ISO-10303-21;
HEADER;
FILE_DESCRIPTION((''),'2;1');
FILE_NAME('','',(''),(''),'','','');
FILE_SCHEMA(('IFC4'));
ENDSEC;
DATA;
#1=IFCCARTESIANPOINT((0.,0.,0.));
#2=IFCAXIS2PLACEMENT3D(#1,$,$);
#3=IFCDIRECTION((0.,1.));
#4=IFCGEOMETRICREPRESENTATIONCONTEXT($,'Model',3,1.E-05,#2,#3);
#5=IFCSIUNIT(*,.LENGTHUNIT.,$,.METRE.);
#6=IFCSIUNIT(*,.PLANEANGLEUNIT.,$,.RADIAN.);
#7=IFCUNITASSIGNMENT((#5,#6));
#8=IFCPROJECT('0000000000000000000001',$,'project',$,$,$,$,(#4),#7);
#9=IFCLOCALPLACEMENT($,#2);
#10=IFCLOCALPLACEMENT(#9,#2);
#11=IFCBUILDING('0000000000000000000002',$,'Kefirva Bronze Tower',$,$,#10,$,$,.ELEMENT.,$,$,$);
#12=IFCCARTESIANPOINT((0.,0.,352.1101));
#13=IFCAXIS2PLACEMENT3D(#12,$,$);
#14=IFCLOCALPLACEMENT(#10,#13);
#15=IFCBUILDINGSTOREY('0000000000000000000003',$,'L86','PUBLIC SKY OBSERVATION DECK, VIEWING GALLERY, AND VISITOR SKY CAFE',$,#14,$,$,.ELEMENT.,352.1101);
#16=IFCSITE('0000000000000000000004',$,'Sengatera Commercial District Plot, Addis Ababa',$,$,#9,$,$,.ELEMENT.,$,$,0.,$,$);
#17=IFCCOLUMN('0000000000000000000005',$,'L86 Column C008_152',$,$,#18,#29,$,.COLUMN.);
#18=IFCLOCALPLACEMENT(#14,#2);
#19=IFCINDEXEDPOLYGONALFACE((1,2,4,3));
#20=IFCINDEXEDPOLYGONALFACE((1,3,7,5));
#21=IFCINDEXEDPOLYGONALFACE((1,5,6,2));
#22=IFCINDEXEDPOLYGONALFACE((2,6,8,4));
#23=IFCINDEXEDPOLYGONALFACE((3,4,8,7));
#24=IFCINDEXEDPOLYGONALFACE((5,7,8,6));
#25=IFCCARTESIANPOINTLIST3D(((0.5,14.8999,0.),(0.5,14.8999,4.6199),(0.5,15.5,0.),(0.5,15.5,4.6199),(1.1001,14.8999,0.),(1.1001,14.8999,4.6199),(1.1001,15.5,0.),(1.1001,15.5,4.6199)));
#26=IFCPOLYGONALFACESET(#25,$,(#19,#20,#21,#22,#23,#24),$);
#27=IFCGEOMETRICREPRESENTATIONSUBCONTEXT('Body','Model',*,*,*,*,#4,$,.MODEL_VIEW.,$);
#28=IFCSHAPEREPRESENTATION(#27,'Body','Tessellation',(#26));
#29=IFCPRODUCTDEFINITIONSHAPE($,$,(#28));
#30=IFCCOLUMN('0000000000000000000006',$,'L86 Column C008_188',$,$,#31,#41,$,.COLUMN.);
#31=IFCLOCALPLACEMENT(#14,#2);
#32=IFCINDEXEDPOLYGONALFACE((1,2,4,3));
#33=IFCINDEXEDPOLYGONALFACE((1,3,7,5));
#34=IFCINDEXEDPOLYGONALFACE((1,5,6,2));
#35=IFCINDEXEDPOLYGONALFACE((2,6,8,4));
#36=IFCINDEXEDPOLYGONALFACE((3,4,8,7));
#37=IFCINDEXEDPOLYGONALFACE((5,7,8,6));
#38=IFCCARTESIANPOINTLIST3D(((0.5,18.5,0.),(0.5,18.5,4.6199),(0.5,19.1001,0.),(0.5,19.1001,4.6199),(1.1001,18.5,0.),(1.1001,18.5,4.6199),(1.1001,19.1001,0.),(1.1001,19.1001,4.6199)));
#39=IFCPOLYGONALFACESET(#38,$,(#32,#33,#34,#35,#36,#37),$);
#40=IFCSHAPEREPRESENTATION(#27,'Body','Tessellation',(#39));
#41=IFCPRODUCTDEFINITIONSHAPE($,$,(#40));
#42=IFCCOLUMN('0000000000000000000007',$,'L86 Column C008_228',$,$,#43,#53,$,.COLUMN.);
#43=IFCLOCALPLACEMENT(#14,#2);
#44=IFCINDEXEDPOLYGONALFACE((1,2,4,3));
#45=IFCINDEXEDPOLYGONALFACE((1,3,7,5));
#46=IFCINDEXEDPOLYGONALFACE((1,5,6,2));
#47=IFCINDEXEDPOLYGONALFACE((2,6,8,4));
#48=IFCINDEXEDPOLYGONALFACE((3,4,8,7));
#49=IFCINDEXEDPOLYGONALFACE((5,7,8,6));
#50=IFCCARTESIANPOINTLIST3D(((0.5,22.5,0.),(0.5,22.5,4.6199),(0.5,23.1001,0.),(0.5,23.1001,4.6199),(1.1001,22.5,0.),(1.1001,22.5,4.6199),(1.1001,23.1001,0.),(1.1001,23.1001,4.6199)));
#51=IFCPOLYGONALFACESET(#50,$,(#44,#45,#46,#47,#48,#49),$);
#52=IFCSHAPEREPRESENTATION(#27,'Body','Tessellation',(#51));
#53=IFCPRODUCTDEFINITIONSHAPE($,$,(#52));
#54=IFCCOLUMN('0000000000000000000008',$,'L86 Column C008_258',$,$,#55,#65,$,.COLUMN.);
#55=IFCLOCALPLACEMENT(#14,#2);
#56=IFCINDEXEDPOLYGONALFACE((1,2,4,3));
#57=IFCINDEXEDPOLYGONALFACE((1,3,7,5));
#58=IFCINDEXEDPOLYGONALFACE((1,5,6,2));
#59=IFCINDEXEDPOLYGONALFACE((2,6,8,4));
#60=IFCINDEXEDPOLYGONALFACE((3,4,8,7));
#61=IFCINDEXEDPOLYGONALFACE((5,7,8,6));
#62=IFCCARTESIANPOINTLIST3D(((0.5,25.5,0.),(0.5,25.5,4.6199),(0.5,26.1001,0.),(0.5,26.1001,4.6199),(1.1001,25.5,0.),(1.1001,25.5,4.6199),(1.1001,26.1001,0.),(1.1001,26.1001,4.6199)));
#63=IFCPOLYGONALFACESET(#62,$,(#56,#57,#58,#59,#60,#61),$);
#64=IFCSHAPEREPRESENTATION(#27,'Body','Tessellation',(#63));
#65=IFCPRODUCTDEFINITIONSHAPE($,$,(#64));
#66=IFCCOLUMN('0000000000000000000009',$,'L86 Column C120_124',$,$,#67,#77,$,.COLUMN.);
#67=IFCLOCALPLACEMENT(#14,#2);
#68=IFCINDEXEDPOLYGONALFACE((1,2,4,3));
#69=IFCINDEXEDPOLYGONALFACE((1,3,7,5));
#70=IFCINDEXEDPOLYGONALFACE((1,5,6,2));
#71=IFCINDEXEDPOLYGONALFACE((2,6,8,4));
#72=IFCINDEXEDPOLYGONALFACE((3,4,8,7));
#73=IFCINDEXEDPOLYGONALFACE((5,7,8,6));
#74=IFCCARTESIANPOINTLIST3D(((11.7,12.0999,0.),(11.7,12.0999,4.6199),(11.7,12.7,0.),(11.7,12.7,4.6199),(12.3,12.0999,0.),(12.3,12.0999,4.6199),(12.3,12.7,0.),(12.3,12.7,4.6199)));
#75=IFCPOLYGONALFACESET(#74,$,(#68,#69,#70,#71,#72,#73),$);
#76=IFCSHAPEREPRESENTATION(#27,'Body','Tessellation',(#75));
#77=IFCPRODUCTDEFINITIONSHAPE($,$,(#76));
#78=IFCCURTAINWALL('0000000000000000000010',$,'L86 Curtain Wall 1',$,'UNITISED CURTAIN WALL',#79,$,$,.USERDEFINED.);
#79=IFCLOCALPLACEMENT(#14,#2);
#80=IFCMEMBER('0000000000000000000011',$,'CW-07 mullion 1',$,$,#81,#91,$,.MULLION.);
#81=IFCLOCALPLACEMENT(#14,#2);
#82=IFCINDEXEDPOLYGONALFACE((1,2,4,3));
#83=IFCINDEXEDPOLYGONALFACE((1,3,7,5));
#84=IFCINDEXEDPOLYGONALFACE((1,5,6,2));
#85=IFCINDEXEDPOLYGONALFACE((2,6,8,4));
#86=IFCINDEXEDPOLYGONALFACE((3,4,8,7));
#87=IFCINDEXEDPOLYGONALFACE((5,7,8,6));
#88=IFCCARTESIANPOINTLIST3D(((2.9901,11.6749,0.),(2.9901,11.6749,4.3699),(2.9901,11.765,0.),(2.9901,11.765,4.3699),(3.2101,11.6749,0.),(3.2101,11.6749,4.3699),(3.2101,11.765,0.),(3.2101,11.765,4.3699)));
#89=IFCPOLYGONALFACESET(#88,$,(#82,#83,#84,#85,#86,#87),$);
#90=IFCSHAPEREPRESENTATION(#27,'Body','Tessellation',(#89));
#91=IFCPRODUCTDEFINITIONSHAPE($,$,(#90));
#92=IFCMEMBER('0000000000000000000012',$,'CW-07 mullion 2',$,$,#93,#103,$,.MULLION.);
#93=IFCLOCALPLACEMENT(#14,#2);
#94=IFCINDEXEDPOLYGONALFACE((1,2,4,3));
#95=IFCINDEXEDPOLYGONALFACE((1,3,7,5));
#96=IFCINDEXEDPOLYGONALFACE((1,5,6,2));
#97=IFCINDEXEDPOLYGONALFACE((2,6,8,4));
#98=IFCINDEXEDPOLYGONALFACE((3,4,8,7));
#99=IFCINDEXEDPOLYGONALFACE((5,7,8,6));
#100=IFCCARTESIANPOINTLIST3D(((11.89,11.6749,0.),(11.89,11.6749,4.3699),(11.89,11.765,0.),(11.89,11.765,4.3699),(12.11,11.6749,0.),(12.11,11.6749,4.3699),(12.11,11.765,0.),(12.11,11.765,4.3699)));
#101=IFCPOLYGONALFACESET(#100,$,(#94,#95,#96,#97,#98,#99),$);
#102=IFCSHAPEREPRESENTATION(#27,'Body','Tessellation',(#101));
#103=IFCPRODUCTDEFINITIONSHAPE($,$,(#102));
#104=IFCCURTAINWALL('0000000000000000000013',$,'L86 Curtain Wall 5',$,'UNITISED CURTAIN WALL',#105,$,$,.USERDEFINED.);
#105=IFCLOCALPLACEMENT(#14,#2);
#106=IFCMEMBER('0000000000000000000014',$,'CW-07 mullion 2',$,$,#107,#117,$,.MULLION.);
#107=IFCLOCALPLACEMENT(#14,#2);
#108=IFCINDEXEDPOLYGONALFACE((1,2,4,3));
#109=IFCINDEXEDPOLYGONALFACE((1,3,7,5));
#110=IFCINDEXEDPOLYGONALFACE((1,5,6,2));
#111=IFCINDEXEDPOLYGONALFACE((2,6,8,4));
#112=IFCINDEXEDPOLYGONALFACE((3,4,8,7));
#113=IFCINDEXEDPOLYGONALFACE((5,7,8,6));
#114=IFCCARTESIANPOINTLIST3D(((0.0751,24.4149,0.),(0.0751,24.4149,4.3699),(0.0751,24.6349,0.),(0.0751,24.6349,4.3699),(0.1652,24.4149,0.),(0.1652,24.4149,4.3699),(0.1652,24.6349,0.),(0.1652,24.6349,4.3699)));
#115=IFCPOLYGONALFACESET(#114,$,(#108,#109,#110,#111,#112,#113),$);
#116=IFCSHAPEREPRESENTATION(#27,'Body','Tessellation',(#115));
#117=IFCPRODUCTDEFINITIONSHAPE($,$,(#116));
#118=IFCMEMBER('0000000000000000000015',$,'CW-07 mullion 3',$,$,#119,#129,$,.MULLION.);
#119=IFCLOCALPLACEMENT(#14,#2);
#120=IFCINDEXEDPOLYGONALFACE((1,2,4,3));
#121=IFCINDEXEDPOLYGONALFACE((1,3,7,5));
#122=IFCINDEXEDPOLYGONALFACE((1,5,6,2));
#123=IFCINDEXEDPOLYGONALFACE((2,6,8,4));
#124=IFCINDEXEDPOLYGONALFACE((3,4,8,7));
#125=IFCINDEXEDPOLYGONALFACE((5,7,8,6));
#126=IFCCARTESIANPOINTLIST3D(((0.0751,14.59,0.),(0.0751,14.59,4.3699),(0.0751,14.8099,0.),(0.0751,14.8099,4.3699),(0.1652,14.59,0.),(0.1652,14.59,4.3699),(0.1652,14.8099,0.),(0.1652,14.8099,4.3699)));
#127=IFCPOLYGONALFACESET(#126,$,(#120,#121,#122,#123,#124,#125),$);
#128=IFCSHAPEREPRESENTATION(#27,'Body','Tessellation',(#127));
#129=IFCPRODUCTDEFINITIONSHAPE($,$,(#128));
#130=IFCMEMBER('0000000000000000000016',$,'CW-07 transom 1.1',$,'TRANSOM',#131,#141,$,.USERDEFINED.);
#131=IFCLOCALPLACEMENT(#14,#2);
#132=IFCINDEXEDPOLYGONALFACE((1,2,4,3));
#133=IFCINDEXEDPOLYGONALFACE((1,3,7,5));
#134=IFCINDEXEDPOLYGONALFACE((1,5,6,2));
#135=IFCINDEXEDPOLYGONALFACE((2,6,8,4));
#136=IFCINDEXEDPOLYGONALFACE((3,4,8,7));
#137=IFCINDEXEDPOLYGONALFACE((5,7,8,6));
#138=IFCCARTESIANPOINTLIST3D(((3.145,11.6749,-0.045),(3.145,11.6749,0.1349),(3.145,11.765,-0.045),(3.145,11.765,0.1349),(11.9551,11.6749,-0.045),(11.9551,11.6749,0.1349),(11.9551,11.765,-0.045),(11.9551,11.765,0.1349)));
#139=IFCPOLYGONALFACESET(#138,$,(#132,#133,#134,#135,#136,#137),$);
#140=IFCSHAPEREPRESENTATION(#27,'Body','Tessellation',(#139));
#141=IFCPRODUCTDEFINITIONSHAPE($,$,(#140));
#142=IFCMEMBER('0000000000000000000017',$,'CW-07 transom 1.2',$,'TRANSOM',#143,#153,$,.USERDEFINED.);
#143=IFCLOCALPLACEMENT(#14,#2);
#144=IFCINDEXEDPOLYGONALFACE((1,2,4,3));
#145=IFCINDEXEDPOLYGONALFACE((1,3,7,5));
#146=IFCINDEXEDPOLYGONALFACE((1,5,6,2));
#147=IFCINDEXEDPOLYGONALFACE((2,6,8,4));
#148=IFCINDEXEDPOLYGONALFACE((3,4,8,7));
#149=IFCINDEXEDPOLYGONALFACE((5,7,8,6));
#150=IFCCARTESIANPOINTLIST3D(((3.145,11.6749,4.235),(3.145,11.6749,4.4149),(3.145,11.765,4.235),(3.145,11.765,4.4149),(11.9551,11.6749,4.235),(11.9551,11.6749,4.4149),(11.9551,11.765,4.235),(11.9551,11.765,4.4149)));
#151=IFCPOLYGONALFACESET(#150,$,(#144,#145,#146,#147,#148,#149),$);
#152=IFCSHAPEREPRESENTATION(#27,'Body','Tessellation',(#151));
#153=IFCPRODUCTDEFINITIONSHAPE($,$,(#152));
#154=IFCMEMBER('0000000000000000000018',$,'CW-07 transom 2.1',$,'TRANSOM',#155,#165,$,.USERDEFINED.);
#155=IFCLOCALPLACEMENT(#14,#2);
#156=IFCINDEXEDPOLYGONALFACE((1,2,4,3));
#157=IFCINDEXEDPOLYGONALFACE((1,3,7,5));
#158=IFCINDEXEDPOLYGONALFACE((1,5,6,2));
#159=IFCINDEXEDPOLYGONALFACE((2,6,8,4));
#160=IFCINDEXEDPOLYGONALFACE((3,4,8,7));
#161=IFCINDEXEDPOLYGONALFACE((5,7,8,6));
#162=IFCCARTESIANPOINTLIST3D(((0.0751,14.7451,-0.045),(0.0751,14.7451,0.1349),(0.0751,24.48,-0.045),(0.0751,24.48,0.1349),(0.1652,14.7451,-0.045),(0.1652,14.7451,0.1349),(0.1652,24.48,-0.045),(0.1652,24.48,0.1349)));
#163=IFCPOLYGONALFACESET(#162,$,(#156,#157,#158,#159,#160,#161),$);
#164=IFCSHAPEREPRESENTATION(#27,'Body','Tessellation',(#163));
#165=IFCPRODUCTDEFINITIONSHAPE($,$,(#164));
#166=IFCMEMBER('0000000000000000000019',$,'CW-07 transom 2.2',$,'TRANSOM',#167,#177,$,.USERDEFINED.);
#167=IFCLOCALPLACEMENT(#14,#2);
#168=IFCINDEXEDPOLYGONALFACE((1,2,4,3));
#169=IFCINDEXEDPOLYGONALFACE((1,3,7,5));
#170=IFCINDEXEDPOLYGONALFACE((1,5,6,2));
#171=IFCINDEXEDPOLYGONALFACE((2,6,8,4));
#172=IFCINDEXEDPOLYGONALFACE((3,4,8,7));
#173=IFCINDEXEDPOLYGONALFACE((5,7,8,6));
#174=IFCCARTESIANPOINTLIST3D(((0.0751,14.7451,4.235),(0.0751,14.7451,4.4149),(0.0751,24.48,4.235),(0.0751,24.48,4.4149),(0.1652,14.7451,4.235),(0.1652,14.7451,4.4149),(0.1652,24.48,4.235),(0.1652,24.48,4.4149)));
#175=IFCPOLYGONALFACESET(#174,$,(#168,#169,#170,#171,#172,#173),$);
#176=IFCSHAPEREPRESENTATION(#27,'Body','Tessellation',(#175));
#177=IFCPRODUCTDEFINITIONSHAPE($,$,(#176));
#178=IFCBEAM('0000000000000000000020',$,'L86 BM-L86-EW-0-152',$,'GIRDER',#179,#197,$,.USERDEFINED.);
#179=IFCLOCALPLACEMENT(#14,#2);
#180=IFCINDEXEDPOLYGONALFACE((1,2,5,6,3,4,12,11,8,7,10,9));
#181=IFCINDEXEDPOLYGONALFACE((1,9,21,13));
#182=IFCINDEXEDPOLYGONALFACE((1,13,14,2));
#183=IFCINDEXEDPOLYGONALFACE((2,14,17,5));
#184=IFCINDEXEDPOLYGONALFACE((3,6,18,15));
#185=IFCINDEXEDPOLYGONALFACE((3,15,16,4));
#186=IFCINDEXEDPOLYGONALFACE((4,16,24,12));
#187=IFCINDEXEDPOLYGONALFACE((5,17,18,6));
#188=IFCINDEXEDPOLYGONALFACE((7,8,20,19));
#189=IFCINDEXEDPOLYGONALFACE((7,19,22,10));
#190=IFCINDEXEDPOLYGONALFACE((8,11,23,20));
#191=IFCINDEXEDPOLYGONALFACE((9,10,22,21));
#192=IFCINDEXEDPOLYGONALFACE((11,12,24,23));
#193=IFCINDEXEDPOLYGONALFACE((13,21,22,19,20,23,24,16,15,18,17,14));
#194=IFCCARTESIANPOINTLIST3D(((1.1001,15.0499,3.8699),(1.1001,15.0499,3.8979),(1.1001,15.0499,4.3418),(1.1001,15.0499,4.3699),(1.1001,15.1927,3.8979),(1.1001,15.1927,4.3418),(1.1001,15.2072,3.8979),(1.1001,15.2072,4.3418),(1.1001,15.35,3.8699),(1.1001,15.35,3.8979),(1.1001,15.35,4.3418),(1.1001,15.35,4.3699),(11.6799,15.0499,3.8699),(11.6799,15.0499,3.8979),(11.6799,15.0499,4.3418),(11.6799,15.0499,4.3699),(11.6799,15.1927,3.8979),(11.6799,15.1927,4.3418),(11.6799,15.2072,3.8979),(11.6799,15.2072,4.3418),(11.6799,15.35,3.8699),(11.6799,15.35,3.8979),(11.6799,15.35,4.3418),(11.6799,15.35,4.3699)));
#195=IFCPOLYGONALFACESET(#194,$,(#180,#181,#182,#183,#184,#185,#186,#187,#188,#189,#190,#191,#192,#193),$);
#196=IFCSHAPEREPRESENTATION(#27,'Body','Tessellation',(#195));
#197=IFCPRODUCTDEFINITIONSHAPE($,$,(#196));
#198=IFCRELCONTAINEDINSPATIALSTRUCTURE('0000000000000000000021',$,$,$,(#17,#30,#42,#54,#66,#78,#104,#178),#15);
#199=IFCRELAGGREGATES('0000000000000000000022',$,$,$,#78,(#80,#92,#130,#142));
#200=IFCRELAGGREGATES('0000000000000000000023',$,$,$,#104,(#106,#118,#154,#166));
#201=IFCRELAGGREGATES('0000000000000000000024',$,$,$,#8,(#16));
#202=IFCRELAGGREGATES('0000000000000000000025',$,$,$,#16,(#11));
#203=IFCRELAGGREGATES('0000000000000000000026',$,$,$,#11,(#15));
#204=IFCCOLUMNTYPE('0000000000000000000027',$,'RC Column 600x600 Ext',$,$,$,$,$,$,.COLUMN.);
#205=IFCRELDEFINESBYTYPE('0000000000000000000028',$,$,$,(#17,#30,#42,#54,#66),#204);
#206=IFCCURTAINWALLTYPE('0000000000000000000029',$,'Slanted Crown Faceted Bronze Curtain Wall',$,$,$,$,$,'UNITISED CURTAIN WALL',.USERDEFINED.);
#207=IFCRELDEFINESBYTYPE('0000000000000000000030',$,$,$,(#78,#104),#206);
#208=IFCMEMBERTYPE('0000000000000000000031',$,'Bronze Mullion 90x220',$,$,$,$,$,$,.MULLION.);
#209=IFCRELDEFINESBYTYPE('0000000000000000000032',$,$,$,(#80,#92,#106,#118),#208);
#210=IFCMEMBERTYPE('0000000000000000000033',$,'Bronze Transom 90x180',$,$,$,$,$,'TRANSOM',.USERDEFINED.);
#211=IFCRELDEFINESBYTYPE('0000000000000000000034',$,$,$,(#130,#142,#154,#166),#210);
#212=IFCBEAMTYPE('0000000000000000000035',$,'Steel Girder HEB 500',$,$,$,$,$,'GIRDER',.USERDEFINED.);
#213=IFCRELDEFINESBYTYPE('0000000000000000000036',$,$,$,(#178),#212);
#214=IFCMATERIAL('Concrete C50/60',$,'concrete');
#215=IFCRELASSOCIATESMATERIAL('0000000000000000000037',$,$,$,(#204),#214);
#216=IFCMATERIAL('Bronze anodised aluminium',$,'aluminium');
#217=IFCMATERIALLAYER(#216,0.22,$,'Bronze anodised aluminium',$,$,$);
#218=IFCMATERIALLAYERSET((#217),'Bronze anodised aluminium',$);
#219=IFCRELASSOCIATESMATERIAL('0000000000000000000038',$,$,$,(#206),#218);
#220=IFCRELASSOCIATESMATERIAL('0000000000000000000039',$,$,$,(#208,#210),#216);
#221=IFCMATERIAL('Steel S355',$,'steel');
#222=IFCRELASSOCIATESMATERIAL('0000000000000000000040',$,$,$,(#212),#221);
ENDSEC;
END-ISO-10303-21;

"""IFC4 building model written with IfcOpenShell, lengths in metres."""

from ifc_helpers import new_model, si_unit, direction, frame, origin, origin_2d, place, context, subcontext, project, spatial, rectangle, i_section, extrude, material, layer, layer_set, material_profile, profile_set, type_object, element, aggregate, save


model = new_model("IFC4")

# Units and contexts
model_context = context("Model", 3, precision=1e-05, world=origin(), true_north=direction((0.0, 1.0)))
body_context = subcontext(model_context, "Body", "Model", "MODEL_VIEW")
ifc_project = project(units=[si_unit("LENGTHUNIT", "METRE"), si_unit("PLANEANGLEUNIT", "RADIAN")], contexts=[model_context])

# Site, building, storey
site_placement = place(None, origin())
site = spatial("IfcSite", under=ifc_project, at=site_placement, Name="Sengatera Commercial District Plot, Addis Ababa", CompositionType="ELEMENT", RefElevation=0.0)
building_placement = place(site_placement, origin())
building = spatial("IfcBuilding", under=site, at=building_placement, Name="Kefirva Bronze Tower", CompositionType="ELEMENT")
storey_placement = place(building_placement, frame((0.0, 0.0, 352.1101)))
storey = spatial("IfcBuildingStorey", under=building, at=storey_placement, Name="L86", Description="PUBLIC SKY OBSERVATION DECK, VIEWING GALLERY, AND VISITOR SKY CAFE", CompositionType="ELEMENT", Elevation=352.1101)

# Columns
ifc_material_1 = material(Name="Concrete C50/60", Category="concrete")
ifc_material_profile_1 = material_profile(ifc_material_1, rectangle(XDim=0.6001, YDim=0.6001, at=origin_2d()), Name="RC 600x600")
ifc_profile_set_1 = profile_set([ifc_material_profile_1], Name="Concrete C50/60")
column_type = type_object("IfcColumnType", Name="RC Column 600x600 Ext", PredefinedType="COLUMN", material=ifc_profile_set_1)
for number, where, z_axis, x_axis, name in (
    (1, (0.8, 15.2, 0.0), (0.0, 0.0, 1.0), (1.0, 0.0, 0.0), "L86 Column C008_152"),
    (2, (0.8, 18.8, 0.0), (0.0, 0.0, 1.0), (1.0, 0.0, 0.0), "L86 Column C008_188"),
    (3, (0.8, 22.8, 0.0), (0.0, 0.0, 1.0), (1.0, 0.0, 0.0), "L86 Column C008_228"),
    (4, (0.8, 25.8, 0.0), (0.0, 0.0, 1.0), (1.0, 0.0, 0.0), "L86 Column C008_258"),
    (5, (12.0, 12.3999, 0.0), (0.0, 0.0, 1.0), (1.0, 0.0, 0.0), "L86 Column C120_124"),
):
    element("IfcColumn", number, at=place(storey_placement, frame(where, z_axis=z_axis, x_axis=x_axis)), inside=storey, type_object=column_type, Name=name, PredefinedType="COLUMN", context=body_context, shape_type="SweptSolid", body=[
        extrude(rectangle(XDim=0.6001, YDim=0.6001, at=origin_2d()), origin(), (0.0, 0.0, 1.0), 4.6199),
    ])

# Curtain walls, members
ifc_material_2 = material(Name="Bronze anodised aluminium", Category="aluminium")
ifc_layer_1 = layer(ifc_material_2, 0.22, Name="Bronze anodised aluminium")
ifc_layer_set_1 = layer_set([ifc_layer_1], Name="Bronze anodised aluminium")
curtain_wall_type = type_object("IfcCurtainWallType", Name="Slanted Crown Faceted Bronze Curtain Wall", ElementType="UNITISED CURTAIN WALL", PredefinedType="USERDEFINED", material=ifc_layer_set_1)
curtain_wall_1_placement = place(storey_placement, origin())
curtain_wall_1 = element("IfcCurtainWall", 6, at=curtain_wall_1_placement, inside=storey, type_object=curtain_wall_type, Name="L86 Curtain Wall 1", ObjectType="UNITISED CURTAIN WALL", PredefinedType="USERDEFINED")
ifc_material_profile_2 = material_profile(ifc_material_2, rectangle(XDim=0.0901, YDim=0.22, at=origin_2d()), Name="ALU 90x220")
ifc_profile_set_2 = profile_set([ifc_material_profile_2], Name="Bronze anodised aluminium")
member_type_1 = type_object("IfcMemberType", Name="Bronze Mullion 90x220", PredefinedType="MULLION", material=ifc_profile_set_2)
member_1_placement = place(storey_placement, frame((3.1001, 11.72, 0.0), z_axis=(0.0, 0.0, 1.0), x_axis=(0.0, 1.0, 0.0)))
member_1 = element("IfcMember", 7, at=member_1_placement, type_object=member_type_1, Name="CW-07 mullion 1", PredefinedType="MULLION", context=body_context, shape_type="SweptSolid", body=[
    extrude(rectangle(XDim=0.0901, YDim=0.22, at=origin_2d()), origin(), (0.0, 0.0, 1.0), 4.3699),
])
member_2_placement = place(storey_placement, frame((12.0, 11.72, 0.0), z_axis=(0.0, 0.0, 1.0), x_axis=(0.0, 1.0, 0.0)))
member_2 = element("IfcMember", 8, at=member_2_placement, type_object=member_type_1, Name="CW-07 mullion 2", PredefinedType="MULLION", context=body_context, shape_type="SweptSolid", body=[
    extrude(rectangle(XDim=0.0901, YDim=0.22, at=origin_2d()), origin(), (0.0, 0.0, 1.0), 4.3699),
])
curtain_wall_2_placement = place(storey_placement, origin())
curtain_wall_2 = element("IfcCurtainWall", 9, at=curtain_wall_2_placement, inside=storey, type_object=curtain_wall_type, Name="L86 Curtain Wall 5", ObjectType="UNITISED CURTAIN WALL", PredefinedType="USERDEFINED")
member_3_placement = place(storey_placement, frame((0.1201, 24.5249, 0.0), z_axis=(0.0, 0.0, 1.0), x_axis=(1.0, 0.0, 0.0)))
member_3 = element("IfcMember", 10, at=member_3_placement, type_object=member_type_1, Name="CW-07 mullion 2", PredefinedType="MULLION", context=body_context, shape_type="SweptSolid", body=[
    extrude(rectangle(XDim=0.0901, YDim=0.22, at=origin_2d()), origin(), (0.0, 0.0, 1.0), 4.3699),
])
member_4_placement = place(storey_placement, frame((0.1201, 14.7, 0.0), z_axis=(0.0, 0.0, 1.0), x_axis=(1.0, 0.0, 0.0)))
member_4 = element("IfcMember", 11, at=member_4_placement, type_object=member_type_1, Name="CW-07 mullion 3", PredefinedType="MULLION", context=body_context, shape_type="SweptSolid", body=[
    extrude(rectangle(XDim=0.0901, YDim=0.22, at=origin_2d()), origin(), (0.0, 0.0, 1.0), 4.3699),
])

# Members
ifc_material_profile_3 = material_profile(ifc_material_2, rectangle(XDim=0.0901, YDim=0.1799, at=origin_2d()), Name="ALU 90x180")
ifc_profile_set_3 = profile_set([ifc_material_profile_3], Name="Bronze anodised aluminium")
member_type_2 = type_object("IfcMemberType", Name="Bronze Transom 90x180", ElementType="TRANSOM", PredefinedType="USERDEFINED", material=ifc_profile_set_3)
member_5_placement = place(storey_placement, frame((3.145, 11.72, 0.0449), z_axis=(1.0, 0.0, 0.0), x_axis=(0.0, 1.0, 0.0)))
member_5 = element("IfcMember", 12, at=member_5_placement, type_object=member_type_2, Name="CW-07 transom 1.1", ObjectType="TRANSOM", PredefinedType="USERDEFINED", context=body_context, shape_type="SweptSolid", body=[
    extrude(rectangle(XDim=0.0901, YDim=0.1799, at=origin_2d()), origin(), (0.0, 0.0, 1.0), 8.8101),
])
member_6_placement = place(storey_placement, frame((3.145, 11.72, 4.325), z_axis=(1.0, 0.0, 0.0), x_axis=(0.0, 1.0, 0.0)))
member_6 = element("IfcMember", 13, at=member_6_placement, type_object=member_type_2, Name="CW-07 transom 1.2", ObjectType="TRANSOM", PredefinedType="USERDEFINED", context=body_context, shape_type="SweptSolid", body=[
    extrude(rectangle(XDim=0.0901, YDim=0.1799, at=origin_2d()), origin(), (0.0, 0.0, 1.0), 8.8101),
])
member_7_placement = place(storey_placement, frame((0.1201, 24.48, 0.0449), z_axis=(0.0, -1.0, 0.0), x_axis=(1.0, 0.0, 0.0)))
member_7 = element("IfcMember", 14, at=member_7_placement, type_object=member_type_2, Name="CW-07 transom 2.1", ObjectType="TRANSOM", PredefinedType="USERDEFINED", context=body_context, shape_type="SweptSolid", body=[
    extrude(rectangle(XDim=0.0901, YDim=0.1799, at=origin_2d()), origin(), (0.0, 0.0, 1.0), 9.7349),
])
member_8_placement = place(storey_placement, frame((0.1201, 24.48, 4.325), z_axis=(0.0, -1.0, 0.0), x_axis=(1.0, 0.0, 0.0)))
member_8 = element("IfcMember", 15, at=member_8_placement, type_object=member_type_2, Name="CW-07 transom 2.2", ObjectType="TRANSOM", PredefinedType="USERDEFINED", context=body_context, shape_type="SweptSolid", body=[
    extrude(rectangle(XDim=0.0901, YDim=0.1799, at=origin_2d()), origin(), (0.0, 0.0, 1.0), 9.7349),
])

# Beam
ifc_material_3 = material(Name="Steel S355", Category="steel")
ifc_material_profile_4 = material_profile(ifc_material_3, i_section(OverallWidth=0.3, OverallDepth=0.5, WebThickness=0.0144, FlangeThickness=0.0281, at=origin_2d()), Name="HEB 500")
ifc_profile_set_4 = profile_set([ifc_material_profile_4], Name="Steel S355")
beam_type_1 = type_object("IfcBeamType", Name="Steel Girder HEB 500", ElementType="GIRDER", PredefinedType="USERDEFINED", material=ifc_profile_set_4)
for number, where, z_axis, x_axis, name in (
    (16, (1.1001, 15.2, 4.1199), (1.0, 0.0, 0.0), (0.0, 1.0, 0.0), "L86 BM-L86-EW-0-152"),
):
    element("IfcBeam", number, at=place(storey_placement, frame(where, z_axis=z_axis, x_axis=x_axis)), inside=storey, type_object=beam_type_1, Name=name, ObjectType="GIRDER", PredefinedType="USERDEFINED", context=body_context, shape_type="SweptSolid", body=[
        extrude(i_section(OverallWidth=0.3, OverallDepth=0.5, WebThickness=0.0144, FlangeThickness=0.0281, at=origin_2d()), origin(), (0.0, 0.0, 1.0), 10.5798),
    ])

aggregate(curtain_wall_1, [member_1, member_2, member_5, member_6])
aggregate(curtain_wall_2, [member_3, member_4, member_7, member_8])

save(model, "model.ifc")
